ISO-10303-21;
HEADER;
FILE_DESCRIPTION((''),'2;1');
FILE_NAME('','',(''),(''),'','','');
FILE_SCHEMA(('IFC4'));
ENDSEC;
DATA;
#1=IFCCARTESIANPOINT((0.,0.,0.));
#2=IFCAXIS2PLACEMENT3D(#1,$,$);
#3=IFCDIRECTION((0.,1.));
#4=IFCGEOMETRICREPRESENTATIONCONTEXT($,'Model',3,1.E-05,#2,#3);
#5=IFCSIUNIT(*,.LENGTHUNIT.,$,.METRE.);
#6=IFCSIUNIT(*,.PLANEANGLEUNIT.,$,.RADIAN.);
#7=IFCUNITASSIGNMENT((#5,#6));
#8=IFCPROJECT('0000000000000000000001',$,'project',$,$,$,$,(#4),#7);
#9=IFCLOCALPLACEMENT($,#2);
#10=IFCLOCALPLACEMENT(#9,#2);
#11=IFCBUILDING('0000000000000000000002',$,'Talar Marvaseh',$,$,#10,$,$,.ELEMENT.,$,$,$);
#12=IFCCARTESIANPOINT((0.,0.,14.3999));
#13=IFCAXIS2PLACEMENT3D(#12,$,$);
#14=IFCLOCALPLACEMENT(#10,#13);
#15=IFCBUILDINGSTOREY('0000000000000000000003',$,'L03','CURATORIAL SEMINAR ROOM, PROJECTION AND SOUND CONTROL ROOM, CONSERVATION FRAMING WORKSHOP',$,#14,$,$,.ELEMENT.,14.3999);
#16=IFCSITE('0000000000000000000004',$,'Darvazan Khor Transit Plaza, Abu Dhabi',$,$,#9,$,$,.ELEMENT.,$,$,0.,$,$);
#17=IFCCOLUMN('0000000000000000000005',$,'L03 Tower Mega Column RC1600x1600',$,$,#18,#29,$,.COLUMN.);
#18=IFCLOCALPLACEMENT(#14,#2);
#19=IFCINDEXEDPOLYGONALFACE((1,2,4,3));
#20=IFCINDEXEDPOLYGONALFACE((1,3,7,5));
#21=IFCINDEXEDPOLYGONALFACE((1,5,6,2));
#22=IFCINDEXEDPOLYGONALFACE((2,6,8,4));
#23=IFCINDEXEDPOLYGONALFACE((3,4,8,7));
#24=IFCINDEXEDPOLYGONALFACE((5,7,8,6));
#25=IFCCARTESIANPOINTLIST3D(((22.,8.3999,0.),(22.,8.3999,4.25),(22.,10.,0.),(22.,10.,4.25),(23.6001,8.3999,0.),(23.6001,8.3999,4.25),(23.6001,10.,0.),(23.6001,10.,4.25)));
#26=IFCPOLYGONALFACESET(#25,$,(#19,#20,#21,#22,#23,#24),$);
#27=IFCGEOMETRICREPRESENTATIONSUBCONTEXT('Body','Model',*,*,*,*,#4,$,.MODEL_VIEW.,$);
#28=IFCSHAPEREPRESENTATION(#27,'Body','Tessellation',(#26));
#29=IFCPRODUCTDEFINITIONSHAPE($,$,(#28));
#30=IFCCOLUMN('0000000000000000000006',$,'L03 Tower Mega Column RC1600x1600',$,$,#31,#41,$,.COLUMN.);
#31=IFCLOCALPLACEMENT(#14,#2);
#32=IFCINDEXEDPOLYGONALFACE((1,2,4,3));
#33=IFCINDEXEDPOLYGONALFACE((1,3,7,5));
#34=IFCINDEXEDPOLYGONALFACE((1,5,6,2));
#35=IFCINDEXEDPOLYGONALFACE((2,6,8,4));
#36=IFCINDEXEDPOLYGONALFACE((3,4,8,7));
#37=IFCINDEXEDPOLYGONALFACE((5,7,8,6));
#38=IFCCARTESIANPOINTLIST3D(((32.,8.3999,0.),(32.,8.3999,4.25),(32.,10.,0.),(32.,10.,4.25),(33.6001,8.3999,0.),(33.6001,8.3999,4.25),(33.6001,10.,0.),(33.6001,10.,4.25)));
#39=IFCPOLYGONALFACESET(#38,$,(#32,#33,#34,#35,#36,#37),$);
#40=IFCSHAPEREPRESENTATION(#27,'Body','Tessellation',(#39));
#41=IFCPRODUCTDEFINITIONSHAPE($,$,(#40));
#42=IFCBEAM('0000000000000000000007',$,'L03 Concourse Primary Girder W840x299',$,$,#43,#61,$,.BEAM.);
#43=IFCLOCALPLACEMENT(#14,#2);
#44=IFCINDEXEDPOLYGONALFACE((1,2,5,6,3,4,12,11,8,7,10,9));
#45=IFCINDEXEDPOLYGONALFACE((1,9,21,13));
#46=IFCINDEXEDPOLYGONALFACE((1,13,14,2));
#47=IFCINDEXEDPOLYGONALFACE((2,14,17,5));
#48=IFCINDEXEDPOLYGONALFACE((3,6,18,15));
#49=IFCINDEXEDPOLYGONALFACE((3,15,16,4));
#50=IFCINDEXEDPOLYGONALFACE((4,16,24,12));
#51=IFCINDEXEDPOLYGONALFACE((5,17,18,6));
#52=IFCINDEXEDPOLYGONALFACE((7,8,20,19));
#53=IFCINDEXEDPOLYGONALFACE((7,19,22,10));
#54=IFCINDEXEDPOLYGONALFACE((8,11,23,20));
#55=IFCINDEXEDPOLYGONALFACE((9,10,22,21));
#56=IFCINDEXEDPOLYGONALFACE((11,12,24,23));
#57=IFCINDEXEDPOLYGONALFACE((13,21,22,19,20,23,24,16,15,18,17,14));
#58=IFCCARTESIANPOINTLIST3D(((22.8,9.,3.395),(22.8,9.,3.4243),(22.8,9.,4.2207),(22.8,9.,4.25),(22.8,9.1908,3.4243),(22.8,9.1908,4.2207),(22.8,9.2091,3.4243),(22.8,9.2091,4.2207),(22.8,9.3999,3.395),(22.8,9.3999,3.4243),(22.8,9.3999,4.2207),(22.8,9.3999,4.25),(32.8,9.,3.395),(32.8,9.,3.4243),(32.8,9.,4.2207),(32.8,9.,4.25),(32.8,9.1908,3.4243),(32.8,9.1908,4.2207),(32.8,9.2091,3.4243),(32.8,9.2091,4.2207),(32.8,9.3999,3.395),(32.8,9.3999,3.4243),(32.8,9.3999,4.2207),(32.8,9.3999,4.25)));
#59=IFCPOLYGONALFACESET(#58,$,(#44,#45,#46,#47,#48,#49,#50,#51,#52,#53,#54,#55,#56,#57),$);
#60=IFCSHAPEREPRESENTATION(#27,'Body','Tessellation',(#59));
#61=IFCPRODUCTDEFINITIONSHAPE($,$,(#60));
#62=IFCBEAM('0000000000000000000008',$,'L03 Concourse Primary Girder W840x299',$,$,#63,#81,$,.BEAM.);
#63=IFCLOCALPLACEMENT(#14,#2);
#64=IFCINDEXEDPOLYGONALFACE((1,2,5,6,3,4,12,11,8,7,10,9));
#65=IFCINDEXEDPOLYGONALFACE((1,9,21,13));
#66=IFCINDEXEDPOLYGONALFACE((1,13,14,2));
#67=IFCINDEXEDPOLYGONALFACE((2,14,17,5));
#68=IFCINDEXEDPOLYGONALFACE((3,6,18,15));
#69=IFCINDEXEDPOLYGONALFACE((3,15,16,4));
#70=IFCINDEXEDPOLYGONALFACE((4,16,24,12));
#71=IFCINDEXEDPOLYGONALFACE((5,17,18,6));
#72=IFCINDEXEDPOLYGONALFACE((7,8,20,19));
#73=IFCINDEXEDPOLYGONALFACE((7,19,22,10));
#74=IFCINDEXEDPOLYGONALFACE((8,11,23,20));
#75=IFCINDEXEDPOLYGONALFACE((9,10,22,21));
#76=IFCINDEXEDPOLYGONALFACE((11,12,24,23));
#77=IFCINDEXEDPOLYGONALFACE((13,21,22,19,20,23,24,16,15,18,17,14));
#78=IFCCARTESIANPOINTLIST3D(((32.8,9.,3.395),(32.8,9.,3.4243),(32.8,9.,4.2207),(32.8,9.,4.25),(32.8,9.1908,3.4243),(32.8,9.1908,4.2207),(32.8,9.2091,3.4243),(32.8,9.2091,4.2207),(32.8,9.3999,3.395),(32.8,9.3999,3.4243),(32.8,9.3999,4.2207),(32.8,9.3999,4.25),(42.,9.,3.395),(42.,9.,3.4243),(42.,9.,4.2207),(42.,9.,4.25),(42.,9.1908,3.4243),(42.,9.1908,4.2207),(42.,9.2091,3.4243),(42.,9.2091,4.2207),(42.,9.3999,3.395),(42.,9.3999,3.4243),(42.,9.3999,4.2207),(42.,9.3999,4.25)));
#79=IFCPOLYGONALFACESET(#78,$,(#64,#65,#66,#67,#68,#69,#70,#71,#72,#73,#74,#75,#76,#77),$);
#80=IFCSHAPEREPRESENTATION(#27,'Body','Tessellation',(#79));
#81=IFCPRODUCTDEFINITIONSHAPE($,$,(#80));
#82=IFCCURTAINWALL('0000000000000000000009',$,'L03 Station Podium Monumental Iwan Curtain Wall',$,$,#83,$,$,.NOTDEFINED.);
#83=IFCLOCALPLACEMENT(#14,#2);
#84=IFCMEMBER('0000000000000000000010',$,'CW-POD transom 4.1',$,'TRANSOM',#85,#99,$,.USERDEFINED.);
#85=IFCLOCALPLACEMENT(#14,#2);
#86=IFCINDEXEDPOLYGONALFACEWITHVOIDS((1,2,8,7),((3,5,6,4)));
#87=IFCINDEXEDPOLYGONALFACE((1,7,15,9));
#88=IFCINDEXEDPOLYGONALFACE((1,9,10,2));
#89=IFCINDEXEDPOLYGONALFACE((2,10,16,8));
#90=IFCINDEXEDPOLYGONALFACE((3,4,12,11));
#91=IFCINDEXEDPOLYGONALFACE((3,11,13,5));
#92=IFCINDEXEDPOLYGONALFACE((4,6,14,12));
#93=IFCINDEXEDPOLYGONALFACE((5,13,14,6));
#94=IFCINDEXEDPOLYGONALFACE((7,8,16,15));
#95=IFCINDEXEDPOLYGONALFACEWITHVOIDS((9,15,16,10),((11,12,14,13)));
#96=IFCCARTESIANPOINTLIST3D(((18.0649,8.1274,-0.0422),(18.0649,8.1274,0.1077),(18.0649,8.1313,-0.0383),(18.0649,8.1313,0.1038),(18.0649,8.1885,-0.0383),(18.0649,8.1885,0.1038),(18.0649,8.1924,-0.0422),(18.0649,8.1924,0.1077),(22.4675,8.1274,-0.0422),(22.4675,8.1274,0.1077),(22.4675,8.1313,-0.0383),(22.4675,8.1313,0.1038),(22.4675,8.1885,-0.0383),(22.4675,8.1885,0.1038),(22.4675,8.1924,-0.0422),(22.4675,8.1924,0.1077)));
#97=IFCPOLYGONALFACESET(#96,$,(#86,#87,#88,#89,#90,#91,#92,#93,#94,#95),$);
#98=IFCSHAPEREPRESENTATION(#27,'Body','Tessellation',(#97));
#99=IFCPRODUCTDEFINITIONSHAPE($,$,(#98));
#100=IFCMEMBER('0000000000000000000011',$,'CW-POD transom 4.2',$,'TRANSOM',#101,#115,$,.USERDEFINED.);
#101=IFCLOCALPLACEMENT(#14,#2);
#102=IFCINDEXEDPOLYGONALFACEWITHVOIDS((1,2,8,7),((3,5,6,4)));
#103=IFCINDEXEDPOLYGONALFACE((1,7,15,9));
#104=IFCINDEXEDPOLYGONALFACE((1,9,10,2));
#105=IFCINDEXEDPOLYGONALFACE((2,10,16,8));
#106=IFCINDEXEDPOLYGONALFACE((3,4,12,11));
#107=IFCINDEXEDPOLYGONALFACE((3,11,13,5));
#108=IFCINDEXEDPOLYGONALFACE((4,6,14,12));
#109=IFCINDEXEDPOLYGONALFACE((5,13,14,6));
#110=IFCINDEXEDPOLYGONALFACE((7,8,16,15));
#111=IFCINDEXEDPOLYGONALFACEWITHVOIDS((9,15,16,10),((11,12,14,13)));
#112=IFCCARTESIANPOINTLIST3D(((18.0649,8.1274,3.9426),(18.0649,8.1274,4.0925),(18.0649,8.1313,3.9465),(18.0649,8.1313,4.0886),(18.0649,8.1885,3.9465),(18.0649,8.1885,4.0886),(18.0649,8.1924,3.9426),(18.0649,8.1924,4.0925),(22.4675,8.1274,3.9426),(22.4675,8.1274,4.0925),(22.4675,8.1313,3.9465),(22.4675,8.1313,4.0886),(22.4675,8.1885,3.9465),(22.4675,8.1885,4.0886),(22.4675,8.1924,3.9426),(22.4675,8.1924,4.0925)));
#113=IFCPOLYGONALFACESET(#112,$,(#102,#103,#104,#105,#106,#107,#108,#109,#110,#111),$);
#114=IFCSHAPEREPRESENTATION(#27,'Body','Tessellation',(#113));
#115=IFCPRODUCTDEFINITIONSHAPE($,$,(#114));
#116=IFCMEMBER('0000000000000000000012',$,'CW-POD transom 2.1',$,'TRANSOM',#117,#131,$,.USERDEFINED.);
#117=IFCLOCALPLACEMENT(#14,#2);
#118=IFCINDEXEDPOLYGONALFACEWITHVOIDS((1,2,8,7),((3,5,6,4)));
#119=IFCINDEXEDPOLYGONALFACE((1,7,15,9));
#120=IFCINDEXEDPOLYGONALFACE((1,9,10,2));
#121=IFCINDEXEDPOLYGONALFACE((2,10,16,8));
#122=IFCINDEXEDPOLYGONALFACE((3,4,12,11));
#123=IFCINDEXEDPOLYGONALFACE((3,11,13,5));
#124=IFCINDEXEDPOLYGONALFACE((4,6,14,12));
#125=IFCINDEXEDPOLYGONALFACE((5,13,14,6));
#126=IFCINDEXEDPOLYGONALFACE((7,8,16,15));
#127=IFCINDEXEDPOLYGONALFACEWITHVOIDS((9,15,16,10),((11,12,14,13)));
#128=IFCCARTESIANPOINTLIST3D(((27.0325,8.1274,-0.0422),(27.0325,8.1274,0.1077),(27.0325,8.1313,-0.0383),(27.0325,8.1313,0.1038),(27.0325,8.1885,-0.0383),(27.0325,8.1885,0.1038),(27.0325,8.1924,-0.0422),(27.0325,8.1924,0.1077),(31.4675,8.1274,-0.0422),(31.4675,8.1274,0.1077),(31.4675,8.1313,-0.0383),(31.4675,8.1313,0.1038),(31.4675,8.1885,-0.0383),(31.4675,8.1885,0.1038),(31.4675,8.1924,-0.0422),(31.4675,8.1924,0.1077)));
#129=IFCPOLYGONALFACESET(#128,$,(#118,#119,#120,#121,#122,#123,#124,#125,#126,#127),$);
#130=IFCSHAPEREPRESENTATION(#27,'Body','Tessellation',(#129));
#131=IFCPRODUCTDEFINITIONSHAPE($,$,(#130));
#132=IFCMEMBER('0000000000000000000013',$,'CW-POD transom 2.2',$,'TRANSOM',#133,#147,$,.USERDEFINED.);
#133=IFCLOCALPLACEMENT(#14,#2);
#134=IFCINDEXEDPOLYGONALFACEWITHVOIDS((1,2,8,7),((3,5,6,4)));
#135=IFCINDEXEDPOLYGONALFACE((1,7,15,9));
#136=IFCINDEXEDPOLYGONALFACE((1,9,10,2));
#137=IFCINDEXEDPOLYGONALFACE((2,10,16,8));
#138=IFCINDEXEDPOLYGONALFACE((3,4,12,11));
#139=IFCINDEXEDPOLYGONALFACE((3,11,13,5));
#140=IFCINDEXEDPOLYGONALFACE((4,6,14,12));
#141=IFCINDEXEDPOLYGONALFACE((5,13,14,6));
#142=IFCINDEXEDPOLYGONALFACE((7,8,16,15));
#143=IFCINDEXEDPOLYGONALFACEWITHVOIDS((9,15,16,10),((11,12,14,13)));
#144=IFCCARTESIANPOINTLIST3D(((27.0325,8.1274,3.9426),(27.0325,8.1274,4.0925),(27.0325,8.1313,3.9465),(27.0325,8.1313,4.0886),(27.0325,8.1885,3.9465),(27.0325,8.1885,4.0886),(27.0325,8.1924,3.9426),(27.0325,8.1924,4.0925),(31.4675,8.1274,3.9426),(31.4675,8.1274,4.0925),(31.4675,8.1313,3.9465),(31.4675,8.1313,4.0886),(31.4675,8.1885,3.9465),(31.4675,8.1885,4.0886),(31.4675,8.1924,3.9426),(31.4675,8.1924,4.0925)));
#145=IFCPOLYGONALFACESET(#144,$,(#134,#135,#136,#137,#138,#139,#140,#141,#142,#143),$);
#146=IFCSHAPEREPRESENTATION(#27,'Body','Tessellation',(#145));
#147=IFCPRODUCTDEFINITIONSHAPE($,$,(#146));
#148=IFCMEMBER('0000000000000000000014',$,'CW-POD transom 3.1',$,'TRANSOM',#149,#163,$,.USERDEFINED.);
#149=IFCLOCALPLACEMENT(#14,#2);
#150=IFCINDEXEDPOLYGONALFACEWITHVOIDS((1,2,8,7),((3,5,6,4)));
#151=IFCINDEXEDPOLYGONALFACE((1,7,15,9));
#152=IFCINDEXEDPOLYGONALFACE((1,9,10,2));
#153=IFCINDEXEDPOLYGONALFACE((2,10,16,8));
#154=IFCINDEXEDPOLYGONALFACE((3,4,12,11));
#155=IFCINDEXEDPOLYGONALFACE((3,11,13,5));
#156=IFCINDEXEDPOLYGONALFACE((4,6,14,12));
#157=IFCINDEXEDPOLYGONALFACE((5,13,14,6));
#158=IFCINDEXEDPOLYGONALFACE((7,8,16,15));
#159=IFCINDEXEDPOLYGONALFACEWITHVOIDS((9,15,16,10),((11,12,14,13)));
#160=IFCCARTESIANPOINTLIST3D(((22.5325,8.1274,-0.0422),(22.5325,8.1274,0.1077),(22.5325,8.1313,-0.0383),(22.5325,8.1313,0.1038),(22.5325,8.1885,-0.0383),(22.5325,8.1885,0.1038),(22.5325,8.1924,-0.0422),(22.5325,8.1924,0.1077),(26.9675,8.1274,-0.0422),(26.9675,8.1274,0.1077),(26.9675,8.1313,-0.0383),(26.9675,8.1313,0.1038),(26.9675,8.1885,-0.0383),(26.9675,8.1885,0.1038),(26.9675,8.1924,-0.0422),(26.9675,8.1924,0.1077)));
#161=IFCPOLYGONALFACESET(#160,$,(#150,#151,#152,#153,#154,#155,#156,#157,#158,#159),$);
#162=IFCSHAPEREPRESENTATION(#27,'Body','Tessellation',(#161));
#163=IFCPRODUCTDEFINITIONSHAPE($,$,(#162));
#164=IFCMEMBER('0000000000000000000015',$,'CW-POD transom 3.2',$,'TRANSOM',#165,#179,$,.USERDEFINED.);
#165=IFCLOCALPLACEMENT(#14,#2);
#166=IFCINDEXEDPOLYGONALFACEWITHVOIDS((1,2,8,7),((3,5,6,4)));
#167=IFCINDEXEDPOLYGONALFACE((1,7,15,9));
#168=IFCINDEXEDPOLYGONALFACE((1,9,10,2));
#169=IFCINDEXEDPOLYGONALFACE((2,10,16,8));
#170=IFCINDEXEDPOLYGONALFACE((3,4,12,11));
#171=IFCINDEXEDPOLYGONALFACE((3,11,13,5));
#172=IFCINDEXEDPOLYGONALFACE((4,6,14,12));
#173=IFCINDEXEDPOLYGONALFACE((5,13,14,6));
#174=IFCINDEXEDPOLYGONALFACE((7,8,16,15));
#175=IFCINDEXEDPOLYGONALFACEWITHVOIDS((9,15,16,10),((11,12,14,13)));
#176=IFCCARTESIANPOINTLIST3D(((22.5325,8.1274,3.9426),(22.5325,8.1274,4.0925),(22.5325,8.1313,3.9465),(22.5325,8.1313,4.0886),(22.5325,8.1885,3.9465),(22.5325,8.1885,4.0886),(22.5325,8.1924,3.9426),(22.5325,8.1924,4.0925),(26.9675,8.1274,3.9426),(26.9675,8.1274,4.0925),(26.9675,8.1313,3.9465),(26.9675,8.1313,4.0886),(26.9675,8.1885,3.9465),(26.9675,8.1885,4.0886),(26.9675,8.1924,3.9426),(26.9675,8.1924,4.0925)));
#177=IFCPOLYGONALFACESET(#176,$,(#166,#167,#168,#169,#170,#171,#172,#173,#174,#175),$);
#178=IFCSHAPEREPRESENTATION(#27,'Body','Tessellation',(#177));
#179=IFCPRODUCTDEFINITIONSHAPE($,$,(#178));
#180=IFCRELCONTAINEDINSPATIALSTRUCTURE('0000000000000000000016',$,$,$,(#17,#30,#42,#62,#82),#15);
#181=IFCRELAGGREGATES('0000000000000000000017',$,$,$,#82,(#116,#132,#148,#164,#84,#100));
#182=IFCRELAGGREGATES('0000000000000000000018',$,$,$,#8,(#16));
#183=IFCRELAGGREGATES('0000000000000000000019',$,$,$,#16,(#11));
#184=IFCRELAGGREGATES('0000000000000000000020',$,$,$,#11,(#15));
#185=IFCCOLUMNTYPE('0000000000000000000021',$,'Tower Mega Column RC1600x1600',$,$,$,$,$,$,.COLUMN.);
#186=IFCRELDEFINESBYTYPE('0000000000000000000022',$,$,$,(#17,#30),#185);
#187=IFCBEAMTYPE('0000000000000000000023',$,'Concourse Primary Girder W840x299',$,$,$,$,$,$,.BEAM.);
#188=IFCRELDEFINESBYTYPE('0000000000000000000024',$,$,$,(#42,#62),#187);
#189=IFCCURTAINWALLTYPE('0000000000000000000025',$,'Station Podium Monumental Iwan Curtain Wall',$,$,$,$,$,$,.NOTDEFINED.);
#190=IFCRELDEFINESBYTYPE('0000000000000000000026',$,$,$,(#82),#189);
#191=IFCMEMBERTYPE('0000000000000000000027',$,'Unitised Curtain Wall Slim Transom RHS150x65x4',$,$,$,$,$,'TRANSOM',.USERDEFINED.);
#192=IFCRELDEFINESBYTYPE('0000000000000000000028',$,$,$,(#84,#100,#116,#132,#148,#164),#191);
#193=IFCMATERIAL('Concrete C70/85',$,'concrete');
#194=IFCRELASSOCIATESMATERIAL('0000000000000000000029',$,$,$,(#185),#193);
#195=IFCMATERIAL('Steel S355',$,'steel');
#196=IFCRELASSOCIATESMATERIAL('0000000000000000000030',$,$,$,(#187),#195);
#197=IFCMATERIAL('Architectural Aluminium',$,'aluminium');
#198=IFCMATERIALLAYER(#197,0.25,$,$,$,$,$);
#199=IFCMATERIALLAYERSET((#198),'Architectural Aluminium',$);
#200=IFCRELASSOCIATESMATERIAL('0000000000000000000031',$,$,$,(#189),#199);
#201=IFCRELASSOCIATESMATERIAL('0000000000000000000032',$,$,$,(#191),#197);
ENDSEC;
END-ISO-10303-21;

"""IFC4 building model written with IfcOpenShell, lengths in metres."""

from ifc_helpers import new_model, si_unit, direction, frame, origin, origin_2d, place, context, subcontext, project, spatial, rectangle, hollow_rectangle, i_section, extrude, source, transform, mapped, material, layer, layer_set, material_profile, profile_set, type_object, type_shapes, element, aggregate, save


model = new_model("IFC4")

# Units and contexts
model_context = context("Model", 3, precision=1e-05, world=origin(), true_north=direction((0.0, 1.0)))
body_context = subcontext(model_context, "Body", "Model", "MODEL_VIEW")
ifc_project = project(units=[si_unit("LENGTHUNIT", "METRE"), si_unit("PLANEANGLEUNIT", "RADIAN")], contexts=[model_context])

# Site, building, storey
site_placement = place(None, origin())
site = spatial("IfcSite", under=ifc_project, at=site_placement, Name="Darvazan Khor Transit Plaza, Abu Dhabi", CompositionType="ELEMENT", RefElevation=0.0)
building_placement = place(site_placement, origin())
building = spatial("IfcBuilding", under=site, at=building_placement, Name="Talar Marvaseh", CompositionType="ELEMENT")
storey_placement = place(building_placement, frame((0.0, 0.0, 14.3999)))
storey = spatial("IfcBuildingStorey", under=building, at=storey_placement, Name="L03", Description="CURATORIAL SEMINAR ROOM, PROJECTION AND SOUND CONTROL ROOM, CONSERVATION FRAMING WORKSHOP", CompositionType="ELEMENT", Elevation=14.3999)

# Columns
ifc_material_1 = material(Name="Concrete C70/85", Category="concrete")
ifc_material_profile_1 = material_profile(ifc_material_1, rectangle(XDim=1.6001, YDim=1.6001, at=origin_2d()), Name="RC1600x1600")
ifc_profile_set_1 = profile_set([ifc_material_profile_1], Name="Concrete C70/85")
column_type = type_object("IfcColumnType", Name="Tower Mega Column RC1600x1600", PredefinedType="COLUMN", material=ifc_profile_set_1)
for number, where, z_axis, x_axis, name in (
    (1, (22.8, 9.2, 0.0), (0.0, 0.0, 1.0), (1.0, 0.0, 0.0), "L03 Tower Mega Column RC1600x1600"),
    (2, (32.8, 9.2, 0.0), (0.0, 0.0, 1.0), (1.0, 0.0, 0.0), "L03 Tower Mega Column RC1600x1600"),
):
    element("IfcColumn", number, at=place(storey_placement, frame(where, z_axis=z_axis, x_axis=x_axis)), inside=storey, type_object=column_type, Name=name, PredefinedType="COLUMN", context=body_context, shape_type="SweptSolid", body=[
        extrude(rectangle(XDim=1.6001, YDim=1.6001, at=origin_2d()), origin(), (0.0, 0.0, 1.0), 4.25),
    ])

# Beams
ifc_material_2 = material(Name="Steel S355", Category="steel")
ifc_material_profile_2 = material_profile(ifc_material_2, i_section(OverallWidth=0.3999, OverallDepth=0.855, WebThickness=0.0183, FlangeThickness=0.0293, at=origin_2d()), Name="W840x299")
ifc_profile_set_2 = profile_set([ifc_material_profile_2], Name="Steel S355")
beam_type = type_object("IfcBeamType", Name="Concourse Primary Girder W840x299", PredefinedType="BEAM", material=ifc_profile_set_2)
beam_1_placement = place(storey_placement, frame((22.8, 9.2, 3.8225), z_axis=(1.0, 0.0, 0.0), x_axis=(0.0, 1.0, 0.0)))
element("IfcBeam", 3, at=beam_1_placement, inside=storey, type_object=beam_type, Name="L03 Concourse Primary Girder W840x299", PredefinedType="BEAM", context=body_context, shape_type="SweptSolid", body=[
    extrude(i_section(OverallWidth=0.3999, OverallDepth=0.855, WebThickness=0.0183, FlangeThickness=0.0293, at=origin_2d()), origin(), (0.0, 0.0, 1.0), 10.0),
])
beam_2_placement = place(storey_placement, frame((32.8, 9.2, 3.8225), z_axis=(1.0, 0.0, 0.0), x_axis=(0.0, 1.0, 0.0)))
element("IfcBeam", 4, at=beam_2_placement, inside=storey, type_object=beam_type, Name="L03 Concourse Primary Girder W840x299", PredefinedType="BEAM", context=body_context, shape_type="SweptSolid", body=[
    extrude(i_section(OverallWidth=0.3999, OverallDepth=0.855, WebThickness=0.0183, FlangeThickness=0.0293, at=origin_2d()), origin(), (0.0, 0.0, 1.0), 9.2),
])

# Curtain wall, members
ifc_material_3 = material(Name="Architectural Aluminium", Category="aluminium")
ifc_layer_1 = layer(ifc_material_3, 0.25)
ifc_layer_set_1 = layer_set([ifc_layer_1], Name="Architectural Aluminium")
curtain_wall_type = type_object("IfcCurtainWallType", Name="Station Podium Monumental Iwan Curtain Wall", PredefinedType="NOTDEFINED", material=ifc_layer_set_1)
curtain_wall_placement = place(storey_placement, origin())
curtain_wall = element("IfcCurtainWall", 5, at=curtain_wall_placement, inside=storey, type_object=curtain_wall_type, Name="L03 Station Podium Monumental Iwan Curtain Wall", PredefinedType="NOTDEFINED")
ifc_material_profile_3 = material_profile(ifc_material_3, hollow_rectangle(XDim=0.0649, YDim=0.1499, WallThickness=0.0039, at=origin_2d()), Name="RHS150x65x4")
ifc_profile_set_3 = profile_set([ifc_material_profile_3], Name="Architectural Aluminium")
member_type_1 = type_object("IfcMemberType", Name="Unitised Curtain Wall Slim Transom RHS150x65x4", ElementType="TRANSOM", PredefinedType="USERDEFINED", material=ifc_profile_set_3)
shared_shape_1 = source(origin(), body_context, "Body", "SweptSolid", [
    extrude(hollow_rectangle(XDim=0.0649, YDim=0.1499, WallThickness=0.0039, at=origin_2d()), origin(), (0.0, 0.0, 1.0), 4.4026),
])
member_1_placement = place(storey_placement, frame((22.4675, 8.1599, 0.0327), z_axis=(-1.0, 0.0, 0.0), x_axis=(0.0, -1.0, 0.0)))
member_1 = element("IfcMember", 6, at=member_1_placement, type_object=member_type_1, Name="CW-POD transom 4.1", ObjectType="TRANSOM", PredefinedType="USERDEFINED", context=body_context, shape_type="MappedRepresentation", body=[
    mapped(shared_shape_1, transform((0.0, 0.0, 0.0), x_axis=(1.0, 0.0, 0.0), y_axis=(0.0, 1.0, 0.0), z_axis=(0.0, 0.0, 1.0), scale=1.0)),
])
member_2_placement = place(storey_placement, frame((22.4675, 8.1599, 4.0176), z_axis=(-1.0, 0.0, 0.0), x_axis=(0.0, -1.0, 0.0)))
member_2 = element("IfcMember", 7, at=member_2_placement, type_object=member_type_1, Name="CW-POD transom 4.2", ObjectType="TRANSOM", PredefinedType="USERDEFINED", context=body_context, shape_type="MappedRepresentation", body=[
    mapped(shared_shape_1, transform((0.0, 0.0, 0.0), x_axis=(1.0, 0.0, 0.0), y_axis=(0.0, 1.0, 0.0), z_axis=(0.0, 0.0, 1.0), scale=1.0)),
])
shared_shape_2 = source(origin(), body_context, "Body", "SweptSolid", [
    extrude(hollow_rectangle(XDim=0.0649, YDim=0.1499, WallThickness=0.0039, at=origin_2d()), origin(), (0.0, 0.0, 1.0), 4.4351),
])
type_shapes(member_type_1, [shared_shape_1, shared_shape_2])
member_3_placement = place(storey_placement, frame((31.4675, 8.1599, 0.0327), z_axis=(-1.0, 0.0, 0.0), x_axis=(0.0, -1.0, 0.0)))
member_3 = element("IfcMember", 8, at=member_3_placement, type_object=member_type_1, Name="CW-POD transom 2.1", ObjectType="TRANSOM", PredefinedType="USERDEFINED", context=body_context, shape_type="MappedRepresentation", body=[
    mapped(shared_shape_2, transform((0.0, 0.0, 0.0), x_axis=(1.0, 0.0, 0.0), y_axis=(0.0, 1.0, 0.0), z_axis=(0.0, 0.0, 1.0), scale=1.0)),
])
member_4_placement = place(storey_placement, frame((31.4675, 8.1599, 4.0176), z_axis=(-1.0, 0.0, 0.0), x_axis=(0.0, -1.0, 0.0)))
member_4 = element("IfcMember", 9, at=member_4_placement, type_object=member_type_1, Name="CW-POD transom 2.2", ObjectType="TRANSOM", PredefinedType="USERDEFINED", context=body_context, shape_type="MappedRepresentation", body=[
    mapped(shared_shape_2, transform((0.0, 0.0, 0.0), x_axis=(1.0, 0.0, 0.0), y_axis=(0.0, 1.0, 0.0), z_axis=(0.0, 0.0, 1.0), scale=1.0)),
])
member_5_placement = place(storey_placement, frame((26.9675, 8.1599, 0.0327), z_axis=(-1.0, 0.0, 0.0), x_axis=(0.0, -1.0, 0.0)))
member_5 = element("IfcMember", 10, at=member_5_placement, type_object=member_type_1, Name="CW-POD transom 3.1", ObjectType="TRANSOM", PredefinedType="USERDEFINED", context=body_context, shape_type="MappedRepresentation", body=[
    mapped(shared_shape_2, transform((0.0, 0.0, 0.0), x_axis=(1.0, 0.0, 0.0), y_axis=(0.0, 1.0, 0.0), z_axis=(0.0, 0.0, 1.0), scale=1.0)),
])
member_6_placement = place(storey_placement, frame((26.9675, 8.1599, 4.0176), z_axis=(-1.0, 0.0, 0.0), x_axis=(0.0, -1.0, 0.0)))
member_6 = element("IfcMember", 11, at=member_6_placement, type_object=member_type_1, Name="CW-POD transom 3.2", ObjectType="TRANSOM", PredefinedType="USERDEFINED", context=body_context, shape_type="MappedRepresentation", body=[
    mapped(shared_shape_2, transform((0.0, 0.0, 0.0), x_axis=(1.0, 0.0, 0.0), y_axis=(0.0, 1.0, 0.0), z_axis=(0.0, 0.0, 1.0), scale=1.0)),
])
aggregate(curtain_wall, [member_3, member_4, member_5, member_6, member_1, member_2])

save(model, "model.ifc")
